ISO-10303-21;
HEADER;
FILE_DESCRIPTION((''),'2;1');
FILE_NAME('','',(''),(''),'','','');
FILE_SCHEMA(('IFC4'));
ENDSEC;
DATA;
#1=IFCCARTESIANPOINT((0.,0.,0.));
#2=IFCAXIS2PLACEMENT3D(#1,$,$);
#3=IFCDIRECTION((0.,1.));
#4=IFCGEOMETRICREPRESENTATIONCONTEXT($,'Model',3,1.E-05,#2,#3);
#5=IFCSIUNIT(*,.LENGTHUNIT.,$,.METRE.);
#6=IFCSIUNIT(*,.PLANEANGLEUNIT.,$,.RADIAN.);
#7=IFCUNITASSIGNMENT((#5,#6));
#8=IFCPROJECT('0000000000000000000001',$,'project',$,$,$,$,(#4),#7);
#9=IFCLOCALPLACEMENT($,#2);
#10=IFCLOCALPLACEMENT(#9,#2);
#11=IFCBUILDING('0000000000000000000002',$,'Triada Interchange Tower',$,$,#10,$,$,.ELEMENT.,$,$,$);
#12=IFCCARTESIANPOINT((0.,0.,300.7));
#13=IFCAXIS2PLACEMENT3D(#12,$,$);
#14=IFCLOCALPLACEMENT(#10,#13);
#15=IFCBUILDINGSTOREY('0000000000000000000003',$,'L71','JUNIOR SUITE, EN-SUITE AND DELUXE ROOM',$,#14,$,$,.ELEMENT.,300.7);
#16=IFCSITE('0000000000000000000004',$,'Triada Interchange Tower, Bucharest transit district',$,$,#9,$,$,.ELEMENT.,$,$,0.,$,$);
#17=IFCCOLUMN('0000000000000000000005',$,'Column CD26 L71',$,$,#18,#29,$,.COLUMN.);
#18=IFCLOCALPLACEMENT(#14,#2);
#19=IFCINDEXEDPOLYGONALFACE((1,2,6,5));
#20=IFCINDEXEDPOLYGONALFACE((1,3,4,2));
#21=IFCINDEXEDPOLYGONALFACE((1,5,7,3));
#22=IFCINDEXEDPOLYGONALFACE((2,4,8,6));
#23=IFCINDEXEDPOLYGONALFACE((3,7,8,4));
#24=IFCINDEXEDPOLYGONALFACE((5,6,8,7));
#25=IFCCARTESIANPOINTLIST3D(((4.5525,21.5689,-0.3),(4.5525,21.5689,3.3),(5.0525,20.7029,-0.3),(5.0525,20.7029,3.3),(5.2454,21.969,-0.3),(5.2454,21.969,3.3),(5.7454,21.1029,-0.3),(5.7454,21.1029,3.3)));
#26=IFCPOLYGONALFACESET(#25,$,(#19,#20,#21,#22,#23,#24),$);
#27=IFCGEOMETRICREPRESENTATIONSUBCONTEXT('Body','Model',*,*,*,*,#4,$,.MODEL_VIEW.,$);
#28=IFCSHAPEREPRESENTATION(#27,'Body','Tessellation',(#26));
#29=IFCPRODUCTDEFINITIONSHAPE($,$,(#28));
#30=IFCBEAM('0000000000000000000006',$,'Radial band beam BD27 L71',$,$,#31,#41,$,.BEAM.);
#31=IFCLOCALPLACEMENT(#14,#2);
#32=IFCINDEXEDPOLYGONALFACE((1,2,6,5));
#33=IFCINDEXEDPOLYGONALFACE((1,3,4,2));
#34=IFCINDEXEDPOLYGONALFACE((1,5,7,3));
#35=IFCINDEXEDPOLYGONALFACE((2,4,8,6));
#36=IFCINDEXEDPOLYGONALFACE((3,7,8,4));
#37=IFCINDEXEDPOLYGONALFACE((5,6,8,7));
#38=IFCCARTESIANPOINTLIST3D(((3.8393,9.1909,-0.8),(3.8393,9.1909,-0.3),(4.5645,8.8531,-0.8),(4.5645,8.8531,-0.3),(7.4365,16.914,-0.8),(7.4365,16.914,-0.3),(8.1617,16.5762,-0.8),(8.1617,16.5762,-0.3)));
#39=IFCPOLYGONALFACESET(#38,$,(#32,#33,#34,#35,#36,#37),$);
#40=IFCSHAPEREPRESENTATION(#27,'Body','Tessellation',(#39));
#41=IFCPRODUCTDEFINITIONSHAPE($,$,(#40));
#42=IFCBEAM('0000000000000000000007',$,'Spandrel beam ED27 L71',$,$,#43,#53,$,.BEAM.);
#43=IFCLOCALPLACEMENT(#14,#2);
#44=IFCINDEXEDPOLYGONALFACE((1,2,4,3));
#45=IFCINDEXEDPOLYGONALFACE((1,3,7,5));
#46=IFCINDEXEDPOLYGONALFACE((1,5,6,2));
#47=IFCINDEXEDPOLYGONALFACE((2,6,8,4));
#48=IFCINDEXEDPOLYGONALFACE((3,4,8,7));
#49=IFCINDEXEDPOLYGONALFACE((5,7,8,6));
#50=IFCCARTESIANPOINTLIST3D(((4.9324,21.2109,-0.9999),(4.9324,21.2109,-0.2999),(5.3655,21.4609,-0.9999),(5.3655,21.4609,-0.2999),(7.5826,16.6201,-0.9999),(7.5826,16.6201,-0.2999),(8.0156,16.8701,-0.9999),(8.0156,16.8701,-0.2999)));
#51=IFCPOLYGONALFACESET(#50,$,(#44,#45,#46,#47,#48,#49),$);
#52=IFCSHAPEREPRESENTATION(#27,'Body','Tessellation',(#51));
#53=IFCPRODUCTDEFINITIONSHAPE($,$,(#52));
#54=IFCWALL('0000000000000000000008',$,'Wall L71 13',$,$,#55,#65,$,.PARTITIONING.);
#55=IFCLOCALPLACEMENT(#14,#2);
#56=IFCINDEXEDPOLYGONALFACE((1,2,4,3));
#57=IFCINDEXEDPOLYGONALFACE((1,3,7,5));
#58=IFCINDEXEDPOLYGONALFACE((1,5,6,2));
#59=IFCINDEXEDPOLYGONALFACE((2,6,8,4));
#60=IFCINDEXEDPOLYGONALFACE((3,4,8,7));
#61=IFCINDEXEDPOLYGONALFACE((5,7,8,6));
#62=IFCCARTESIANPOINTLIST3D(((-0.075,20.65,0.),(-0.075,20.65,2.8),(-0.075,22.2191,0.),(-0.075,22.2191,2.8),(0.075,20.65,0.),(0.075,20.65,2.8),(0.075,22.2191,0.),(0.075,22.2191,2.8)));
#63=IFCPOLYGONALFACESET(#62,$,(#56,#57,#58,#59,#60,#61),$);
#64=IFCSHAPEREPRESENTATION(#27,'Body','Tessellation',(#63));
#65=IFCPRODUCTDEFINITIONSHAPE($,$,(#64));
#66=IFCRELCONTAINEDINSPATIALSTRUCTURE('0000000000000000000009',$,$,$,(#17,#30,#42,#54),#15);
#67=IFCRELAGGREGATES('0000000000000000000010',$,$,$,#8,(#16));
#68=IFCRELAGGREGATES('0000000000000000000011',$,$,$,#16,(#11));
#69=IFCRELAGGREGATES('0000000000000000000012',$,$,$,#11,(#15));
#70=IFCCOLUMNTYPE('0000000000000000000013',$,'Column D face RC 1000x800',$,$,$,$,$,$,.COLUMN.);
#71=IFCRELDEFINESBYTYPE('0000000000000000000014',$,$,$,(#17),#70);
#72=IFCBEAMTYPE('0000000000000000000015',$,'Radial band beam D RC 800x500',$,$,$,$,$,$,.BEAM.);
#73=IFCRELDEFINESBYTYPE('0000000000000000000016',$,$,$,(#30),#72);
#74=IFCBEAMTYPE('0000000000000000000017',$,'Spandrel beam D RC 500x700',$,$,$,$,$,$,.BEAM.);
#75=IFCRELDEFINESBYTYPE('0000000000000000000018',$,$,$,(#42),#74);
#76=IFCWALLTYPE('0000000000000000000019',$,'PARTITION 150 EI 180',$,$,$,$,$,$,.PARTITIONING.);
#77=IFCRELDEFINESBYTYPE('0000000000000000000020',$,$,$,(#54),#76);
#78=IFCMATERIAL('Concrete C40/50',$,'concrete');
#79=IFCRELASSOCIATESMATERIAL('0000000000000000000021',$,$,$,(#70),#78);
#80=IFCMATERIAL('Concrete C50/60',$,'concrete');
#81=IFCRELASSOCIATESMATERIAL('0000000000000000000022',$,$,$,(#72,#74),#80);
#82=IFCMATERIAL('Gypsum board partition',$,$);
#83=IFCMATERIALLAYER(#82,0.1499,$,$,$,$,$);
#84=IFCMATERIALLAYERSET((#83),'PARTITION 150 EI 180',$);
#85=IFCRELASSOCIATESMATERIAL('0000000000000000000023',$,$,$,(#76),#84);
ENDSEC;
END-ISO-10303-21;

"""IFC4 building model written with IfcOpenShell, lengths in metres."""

from ifc_helpers import new_model, si_unit, direction, frame, frame_2d, origin, origin_2d, place, context, subcontext, project, spatial, rectangle, extrude, material, layer, layer_set, material_profile, profile_set, type_object, element, save


model = new_model("IFC4")

# Units and contexts
model_context = context("Model", 3, precision=1e-05, world=origin(), true_north=direction((0.0, 1.0)))
body_context = subcontext(model_context, "Body", "Model", "MODEL_VIEW")
ifc_project = project(units=[si_unit("LENGTHUNIT", "METRE"), si_unit("PLANEANGLEUNIT", "RADIAN")], contexts=[model_context])

# Site, building, storey
site_placement = place(None, origin())
site = spatial("IfcSite", under=ifc_project, at=site_placement, Name="Triada Interchange Tower, Bucharest transit district", CompositionType="ELEMENT", RefElevation=0.0)
building_placement = place(site_placement, origin())
building = spatial("IfcBuilding", under=site, at=building_placement, Name="Triada Interchange Tower", CompositionType="ELEMENT")
storey_placement = place(building_placement, frame((0.0, 0.0, 300.7)))
storey = spatial("IfcBuildingStorey", under=building, at=storey_placement, Name="L71", Description="JUNIOR SUITE, EN-SUITE AND DELUXE ROOM", CompositionType="ELEMENT", Elevation=300.7)

# Column
ifc_material_1 = material(Name="Concrete C40/50", Category="concrete")
ifc_material_profile_1 = material_profile(ifc_material_1, rectangle(XDim=1.0, YDim=0.8, at=origin_2d()), Name="RC 1000x800")
ifc_profile_set_1 = profile_set([ifc_material_profile_1], Name="Concrete C40/50")
column_type = type_object("IfcColumnType", Name="Column D face RC 1000x800", PredefinedType="COLUMN", material=ifc_profile_set_1)
column_placement = place(storey_placement, frame((5.1489, 21.3359, -0.3), z_axis=(0.0, 0.0, 1.0), x_axis=(-0.5, 0.866025, 0.0)))
element("IfcColumn", 1, at=column_placement, inside=storey, type_object=column_type, Name="Column CD26 L71", PredefinedType="COLUMN", context=body_context, shape_type="SweptSolid", body=[
    extrude(rectangle(XDim=1.0, YDim=0.8, at=origin_2d()), origin(), (0.0, 0.0, 1.0), 3.6001),
])

# Beams
ifc_material_2 = material(Name="Concrete C50/60", Category="concrete")
ifc_material_profile_2 = material_profile(ifc_material_2, rectangle(XDim=0.8, YDim=0.5, at=origin_2d()), Name="RC 800x500")
ifc_profile_set_2 = profile_set([ifc_material_profile_2], Name="Concrete C50/60")
beam_type_1 = type_object("IfcBeamType", Name="Radial band beam D RC 800x500", PredefinedType="BEAM", material=ifc_profile_set_2)
beam_1_placement = place(storey_placement, frame((7.7991, 16.7451, -0.55), z_axis=(-0.422214, -0.906496, 0.0), x_axis=(0.906496, -0.422214, 0.0)))
element("IfcBeam", 2, at=beam_1_placement, inside=storey, type_object=beam_type_1, Name="Radial band beam BD27 L71", PredefinedType="BEAM", context=body_context, shape_type="SweptSolid", body=[
    extrude(rectangle(XDim=0.8, YDim=0.5, at=origin_2d()), origin(), (0.0, 0.0, 1.0), 8.5198),
])
ifc_material_profile_3 = material_profile(ifc_material_2, rectangle(XDim=0.5, YDim=0.7, at=origin_2d()), Name="RC 500x700")
ifc_profile_set_3 = profile_set([ifc_material_profile_3], Name="Concrete C50/60")
beam_type_2 = type_object("IfcBeamType", Name="Spandrel beam D RC 500x700", PredefinedType="BEAM", material=ifc_profile_set_3)
beam_2_placement = place(storey_placement, frame((7.7991, 16.7451, -0.6499), z_axis=(-0.499948, 0.866055, 0.0), x_axis=(-0.866055, -0.499948, 0.0)))
element("IfcBeam", 3, at=beam_2_placement, inside=storey, type_object=beam_type_2, Name="Spandrel beam ED27 L71", PredefinedType="BEAM", context=body_context, shape_type="SweptSolid", body=[
    extrude(rectangle(XDim=0.5, YDim=0.7, at=origin_2d()), origin(), (0.0, 0.0, 1.0), 5.3008),
])

# Wall
ifc_material_3 = material(Name="Gypsum board partition")
ifc_layer_1 = layer(ifc_material_3, 0.1499)
ifc_layer_set_1 = layer_set([ifc_layer_1], Name="PARTITION 150 EI 180")
wall_type_1 = type_object("IfcWallType", Name="PARTITION 150 EI 180", PredefinedType="PARTITIONING", material=ifc_layer_set_1)
wall_1_placement = place(storey_placement, frame((0.0, 20.6499, 0.0), z_axis=(0.0, 0.0, 1.0), x_axis=(0.0, 1.0, 0.0)))
element("IfcWall", 4, at=wall_1_placement, inside=storey, type_object=wall_type_1, Name="Wall L71 13", PredefinedType="PARTITIONING", context=body_context, shape_type="SweptSolid", body=[
    extrude(rectangle(XDim=1.5691, YDim=0.1499, at=frame_2d((0.7847, 0.0))), origin(), (0.0, 0.0, 1.0), 2.8),
])

save(model, "model.ifc")
